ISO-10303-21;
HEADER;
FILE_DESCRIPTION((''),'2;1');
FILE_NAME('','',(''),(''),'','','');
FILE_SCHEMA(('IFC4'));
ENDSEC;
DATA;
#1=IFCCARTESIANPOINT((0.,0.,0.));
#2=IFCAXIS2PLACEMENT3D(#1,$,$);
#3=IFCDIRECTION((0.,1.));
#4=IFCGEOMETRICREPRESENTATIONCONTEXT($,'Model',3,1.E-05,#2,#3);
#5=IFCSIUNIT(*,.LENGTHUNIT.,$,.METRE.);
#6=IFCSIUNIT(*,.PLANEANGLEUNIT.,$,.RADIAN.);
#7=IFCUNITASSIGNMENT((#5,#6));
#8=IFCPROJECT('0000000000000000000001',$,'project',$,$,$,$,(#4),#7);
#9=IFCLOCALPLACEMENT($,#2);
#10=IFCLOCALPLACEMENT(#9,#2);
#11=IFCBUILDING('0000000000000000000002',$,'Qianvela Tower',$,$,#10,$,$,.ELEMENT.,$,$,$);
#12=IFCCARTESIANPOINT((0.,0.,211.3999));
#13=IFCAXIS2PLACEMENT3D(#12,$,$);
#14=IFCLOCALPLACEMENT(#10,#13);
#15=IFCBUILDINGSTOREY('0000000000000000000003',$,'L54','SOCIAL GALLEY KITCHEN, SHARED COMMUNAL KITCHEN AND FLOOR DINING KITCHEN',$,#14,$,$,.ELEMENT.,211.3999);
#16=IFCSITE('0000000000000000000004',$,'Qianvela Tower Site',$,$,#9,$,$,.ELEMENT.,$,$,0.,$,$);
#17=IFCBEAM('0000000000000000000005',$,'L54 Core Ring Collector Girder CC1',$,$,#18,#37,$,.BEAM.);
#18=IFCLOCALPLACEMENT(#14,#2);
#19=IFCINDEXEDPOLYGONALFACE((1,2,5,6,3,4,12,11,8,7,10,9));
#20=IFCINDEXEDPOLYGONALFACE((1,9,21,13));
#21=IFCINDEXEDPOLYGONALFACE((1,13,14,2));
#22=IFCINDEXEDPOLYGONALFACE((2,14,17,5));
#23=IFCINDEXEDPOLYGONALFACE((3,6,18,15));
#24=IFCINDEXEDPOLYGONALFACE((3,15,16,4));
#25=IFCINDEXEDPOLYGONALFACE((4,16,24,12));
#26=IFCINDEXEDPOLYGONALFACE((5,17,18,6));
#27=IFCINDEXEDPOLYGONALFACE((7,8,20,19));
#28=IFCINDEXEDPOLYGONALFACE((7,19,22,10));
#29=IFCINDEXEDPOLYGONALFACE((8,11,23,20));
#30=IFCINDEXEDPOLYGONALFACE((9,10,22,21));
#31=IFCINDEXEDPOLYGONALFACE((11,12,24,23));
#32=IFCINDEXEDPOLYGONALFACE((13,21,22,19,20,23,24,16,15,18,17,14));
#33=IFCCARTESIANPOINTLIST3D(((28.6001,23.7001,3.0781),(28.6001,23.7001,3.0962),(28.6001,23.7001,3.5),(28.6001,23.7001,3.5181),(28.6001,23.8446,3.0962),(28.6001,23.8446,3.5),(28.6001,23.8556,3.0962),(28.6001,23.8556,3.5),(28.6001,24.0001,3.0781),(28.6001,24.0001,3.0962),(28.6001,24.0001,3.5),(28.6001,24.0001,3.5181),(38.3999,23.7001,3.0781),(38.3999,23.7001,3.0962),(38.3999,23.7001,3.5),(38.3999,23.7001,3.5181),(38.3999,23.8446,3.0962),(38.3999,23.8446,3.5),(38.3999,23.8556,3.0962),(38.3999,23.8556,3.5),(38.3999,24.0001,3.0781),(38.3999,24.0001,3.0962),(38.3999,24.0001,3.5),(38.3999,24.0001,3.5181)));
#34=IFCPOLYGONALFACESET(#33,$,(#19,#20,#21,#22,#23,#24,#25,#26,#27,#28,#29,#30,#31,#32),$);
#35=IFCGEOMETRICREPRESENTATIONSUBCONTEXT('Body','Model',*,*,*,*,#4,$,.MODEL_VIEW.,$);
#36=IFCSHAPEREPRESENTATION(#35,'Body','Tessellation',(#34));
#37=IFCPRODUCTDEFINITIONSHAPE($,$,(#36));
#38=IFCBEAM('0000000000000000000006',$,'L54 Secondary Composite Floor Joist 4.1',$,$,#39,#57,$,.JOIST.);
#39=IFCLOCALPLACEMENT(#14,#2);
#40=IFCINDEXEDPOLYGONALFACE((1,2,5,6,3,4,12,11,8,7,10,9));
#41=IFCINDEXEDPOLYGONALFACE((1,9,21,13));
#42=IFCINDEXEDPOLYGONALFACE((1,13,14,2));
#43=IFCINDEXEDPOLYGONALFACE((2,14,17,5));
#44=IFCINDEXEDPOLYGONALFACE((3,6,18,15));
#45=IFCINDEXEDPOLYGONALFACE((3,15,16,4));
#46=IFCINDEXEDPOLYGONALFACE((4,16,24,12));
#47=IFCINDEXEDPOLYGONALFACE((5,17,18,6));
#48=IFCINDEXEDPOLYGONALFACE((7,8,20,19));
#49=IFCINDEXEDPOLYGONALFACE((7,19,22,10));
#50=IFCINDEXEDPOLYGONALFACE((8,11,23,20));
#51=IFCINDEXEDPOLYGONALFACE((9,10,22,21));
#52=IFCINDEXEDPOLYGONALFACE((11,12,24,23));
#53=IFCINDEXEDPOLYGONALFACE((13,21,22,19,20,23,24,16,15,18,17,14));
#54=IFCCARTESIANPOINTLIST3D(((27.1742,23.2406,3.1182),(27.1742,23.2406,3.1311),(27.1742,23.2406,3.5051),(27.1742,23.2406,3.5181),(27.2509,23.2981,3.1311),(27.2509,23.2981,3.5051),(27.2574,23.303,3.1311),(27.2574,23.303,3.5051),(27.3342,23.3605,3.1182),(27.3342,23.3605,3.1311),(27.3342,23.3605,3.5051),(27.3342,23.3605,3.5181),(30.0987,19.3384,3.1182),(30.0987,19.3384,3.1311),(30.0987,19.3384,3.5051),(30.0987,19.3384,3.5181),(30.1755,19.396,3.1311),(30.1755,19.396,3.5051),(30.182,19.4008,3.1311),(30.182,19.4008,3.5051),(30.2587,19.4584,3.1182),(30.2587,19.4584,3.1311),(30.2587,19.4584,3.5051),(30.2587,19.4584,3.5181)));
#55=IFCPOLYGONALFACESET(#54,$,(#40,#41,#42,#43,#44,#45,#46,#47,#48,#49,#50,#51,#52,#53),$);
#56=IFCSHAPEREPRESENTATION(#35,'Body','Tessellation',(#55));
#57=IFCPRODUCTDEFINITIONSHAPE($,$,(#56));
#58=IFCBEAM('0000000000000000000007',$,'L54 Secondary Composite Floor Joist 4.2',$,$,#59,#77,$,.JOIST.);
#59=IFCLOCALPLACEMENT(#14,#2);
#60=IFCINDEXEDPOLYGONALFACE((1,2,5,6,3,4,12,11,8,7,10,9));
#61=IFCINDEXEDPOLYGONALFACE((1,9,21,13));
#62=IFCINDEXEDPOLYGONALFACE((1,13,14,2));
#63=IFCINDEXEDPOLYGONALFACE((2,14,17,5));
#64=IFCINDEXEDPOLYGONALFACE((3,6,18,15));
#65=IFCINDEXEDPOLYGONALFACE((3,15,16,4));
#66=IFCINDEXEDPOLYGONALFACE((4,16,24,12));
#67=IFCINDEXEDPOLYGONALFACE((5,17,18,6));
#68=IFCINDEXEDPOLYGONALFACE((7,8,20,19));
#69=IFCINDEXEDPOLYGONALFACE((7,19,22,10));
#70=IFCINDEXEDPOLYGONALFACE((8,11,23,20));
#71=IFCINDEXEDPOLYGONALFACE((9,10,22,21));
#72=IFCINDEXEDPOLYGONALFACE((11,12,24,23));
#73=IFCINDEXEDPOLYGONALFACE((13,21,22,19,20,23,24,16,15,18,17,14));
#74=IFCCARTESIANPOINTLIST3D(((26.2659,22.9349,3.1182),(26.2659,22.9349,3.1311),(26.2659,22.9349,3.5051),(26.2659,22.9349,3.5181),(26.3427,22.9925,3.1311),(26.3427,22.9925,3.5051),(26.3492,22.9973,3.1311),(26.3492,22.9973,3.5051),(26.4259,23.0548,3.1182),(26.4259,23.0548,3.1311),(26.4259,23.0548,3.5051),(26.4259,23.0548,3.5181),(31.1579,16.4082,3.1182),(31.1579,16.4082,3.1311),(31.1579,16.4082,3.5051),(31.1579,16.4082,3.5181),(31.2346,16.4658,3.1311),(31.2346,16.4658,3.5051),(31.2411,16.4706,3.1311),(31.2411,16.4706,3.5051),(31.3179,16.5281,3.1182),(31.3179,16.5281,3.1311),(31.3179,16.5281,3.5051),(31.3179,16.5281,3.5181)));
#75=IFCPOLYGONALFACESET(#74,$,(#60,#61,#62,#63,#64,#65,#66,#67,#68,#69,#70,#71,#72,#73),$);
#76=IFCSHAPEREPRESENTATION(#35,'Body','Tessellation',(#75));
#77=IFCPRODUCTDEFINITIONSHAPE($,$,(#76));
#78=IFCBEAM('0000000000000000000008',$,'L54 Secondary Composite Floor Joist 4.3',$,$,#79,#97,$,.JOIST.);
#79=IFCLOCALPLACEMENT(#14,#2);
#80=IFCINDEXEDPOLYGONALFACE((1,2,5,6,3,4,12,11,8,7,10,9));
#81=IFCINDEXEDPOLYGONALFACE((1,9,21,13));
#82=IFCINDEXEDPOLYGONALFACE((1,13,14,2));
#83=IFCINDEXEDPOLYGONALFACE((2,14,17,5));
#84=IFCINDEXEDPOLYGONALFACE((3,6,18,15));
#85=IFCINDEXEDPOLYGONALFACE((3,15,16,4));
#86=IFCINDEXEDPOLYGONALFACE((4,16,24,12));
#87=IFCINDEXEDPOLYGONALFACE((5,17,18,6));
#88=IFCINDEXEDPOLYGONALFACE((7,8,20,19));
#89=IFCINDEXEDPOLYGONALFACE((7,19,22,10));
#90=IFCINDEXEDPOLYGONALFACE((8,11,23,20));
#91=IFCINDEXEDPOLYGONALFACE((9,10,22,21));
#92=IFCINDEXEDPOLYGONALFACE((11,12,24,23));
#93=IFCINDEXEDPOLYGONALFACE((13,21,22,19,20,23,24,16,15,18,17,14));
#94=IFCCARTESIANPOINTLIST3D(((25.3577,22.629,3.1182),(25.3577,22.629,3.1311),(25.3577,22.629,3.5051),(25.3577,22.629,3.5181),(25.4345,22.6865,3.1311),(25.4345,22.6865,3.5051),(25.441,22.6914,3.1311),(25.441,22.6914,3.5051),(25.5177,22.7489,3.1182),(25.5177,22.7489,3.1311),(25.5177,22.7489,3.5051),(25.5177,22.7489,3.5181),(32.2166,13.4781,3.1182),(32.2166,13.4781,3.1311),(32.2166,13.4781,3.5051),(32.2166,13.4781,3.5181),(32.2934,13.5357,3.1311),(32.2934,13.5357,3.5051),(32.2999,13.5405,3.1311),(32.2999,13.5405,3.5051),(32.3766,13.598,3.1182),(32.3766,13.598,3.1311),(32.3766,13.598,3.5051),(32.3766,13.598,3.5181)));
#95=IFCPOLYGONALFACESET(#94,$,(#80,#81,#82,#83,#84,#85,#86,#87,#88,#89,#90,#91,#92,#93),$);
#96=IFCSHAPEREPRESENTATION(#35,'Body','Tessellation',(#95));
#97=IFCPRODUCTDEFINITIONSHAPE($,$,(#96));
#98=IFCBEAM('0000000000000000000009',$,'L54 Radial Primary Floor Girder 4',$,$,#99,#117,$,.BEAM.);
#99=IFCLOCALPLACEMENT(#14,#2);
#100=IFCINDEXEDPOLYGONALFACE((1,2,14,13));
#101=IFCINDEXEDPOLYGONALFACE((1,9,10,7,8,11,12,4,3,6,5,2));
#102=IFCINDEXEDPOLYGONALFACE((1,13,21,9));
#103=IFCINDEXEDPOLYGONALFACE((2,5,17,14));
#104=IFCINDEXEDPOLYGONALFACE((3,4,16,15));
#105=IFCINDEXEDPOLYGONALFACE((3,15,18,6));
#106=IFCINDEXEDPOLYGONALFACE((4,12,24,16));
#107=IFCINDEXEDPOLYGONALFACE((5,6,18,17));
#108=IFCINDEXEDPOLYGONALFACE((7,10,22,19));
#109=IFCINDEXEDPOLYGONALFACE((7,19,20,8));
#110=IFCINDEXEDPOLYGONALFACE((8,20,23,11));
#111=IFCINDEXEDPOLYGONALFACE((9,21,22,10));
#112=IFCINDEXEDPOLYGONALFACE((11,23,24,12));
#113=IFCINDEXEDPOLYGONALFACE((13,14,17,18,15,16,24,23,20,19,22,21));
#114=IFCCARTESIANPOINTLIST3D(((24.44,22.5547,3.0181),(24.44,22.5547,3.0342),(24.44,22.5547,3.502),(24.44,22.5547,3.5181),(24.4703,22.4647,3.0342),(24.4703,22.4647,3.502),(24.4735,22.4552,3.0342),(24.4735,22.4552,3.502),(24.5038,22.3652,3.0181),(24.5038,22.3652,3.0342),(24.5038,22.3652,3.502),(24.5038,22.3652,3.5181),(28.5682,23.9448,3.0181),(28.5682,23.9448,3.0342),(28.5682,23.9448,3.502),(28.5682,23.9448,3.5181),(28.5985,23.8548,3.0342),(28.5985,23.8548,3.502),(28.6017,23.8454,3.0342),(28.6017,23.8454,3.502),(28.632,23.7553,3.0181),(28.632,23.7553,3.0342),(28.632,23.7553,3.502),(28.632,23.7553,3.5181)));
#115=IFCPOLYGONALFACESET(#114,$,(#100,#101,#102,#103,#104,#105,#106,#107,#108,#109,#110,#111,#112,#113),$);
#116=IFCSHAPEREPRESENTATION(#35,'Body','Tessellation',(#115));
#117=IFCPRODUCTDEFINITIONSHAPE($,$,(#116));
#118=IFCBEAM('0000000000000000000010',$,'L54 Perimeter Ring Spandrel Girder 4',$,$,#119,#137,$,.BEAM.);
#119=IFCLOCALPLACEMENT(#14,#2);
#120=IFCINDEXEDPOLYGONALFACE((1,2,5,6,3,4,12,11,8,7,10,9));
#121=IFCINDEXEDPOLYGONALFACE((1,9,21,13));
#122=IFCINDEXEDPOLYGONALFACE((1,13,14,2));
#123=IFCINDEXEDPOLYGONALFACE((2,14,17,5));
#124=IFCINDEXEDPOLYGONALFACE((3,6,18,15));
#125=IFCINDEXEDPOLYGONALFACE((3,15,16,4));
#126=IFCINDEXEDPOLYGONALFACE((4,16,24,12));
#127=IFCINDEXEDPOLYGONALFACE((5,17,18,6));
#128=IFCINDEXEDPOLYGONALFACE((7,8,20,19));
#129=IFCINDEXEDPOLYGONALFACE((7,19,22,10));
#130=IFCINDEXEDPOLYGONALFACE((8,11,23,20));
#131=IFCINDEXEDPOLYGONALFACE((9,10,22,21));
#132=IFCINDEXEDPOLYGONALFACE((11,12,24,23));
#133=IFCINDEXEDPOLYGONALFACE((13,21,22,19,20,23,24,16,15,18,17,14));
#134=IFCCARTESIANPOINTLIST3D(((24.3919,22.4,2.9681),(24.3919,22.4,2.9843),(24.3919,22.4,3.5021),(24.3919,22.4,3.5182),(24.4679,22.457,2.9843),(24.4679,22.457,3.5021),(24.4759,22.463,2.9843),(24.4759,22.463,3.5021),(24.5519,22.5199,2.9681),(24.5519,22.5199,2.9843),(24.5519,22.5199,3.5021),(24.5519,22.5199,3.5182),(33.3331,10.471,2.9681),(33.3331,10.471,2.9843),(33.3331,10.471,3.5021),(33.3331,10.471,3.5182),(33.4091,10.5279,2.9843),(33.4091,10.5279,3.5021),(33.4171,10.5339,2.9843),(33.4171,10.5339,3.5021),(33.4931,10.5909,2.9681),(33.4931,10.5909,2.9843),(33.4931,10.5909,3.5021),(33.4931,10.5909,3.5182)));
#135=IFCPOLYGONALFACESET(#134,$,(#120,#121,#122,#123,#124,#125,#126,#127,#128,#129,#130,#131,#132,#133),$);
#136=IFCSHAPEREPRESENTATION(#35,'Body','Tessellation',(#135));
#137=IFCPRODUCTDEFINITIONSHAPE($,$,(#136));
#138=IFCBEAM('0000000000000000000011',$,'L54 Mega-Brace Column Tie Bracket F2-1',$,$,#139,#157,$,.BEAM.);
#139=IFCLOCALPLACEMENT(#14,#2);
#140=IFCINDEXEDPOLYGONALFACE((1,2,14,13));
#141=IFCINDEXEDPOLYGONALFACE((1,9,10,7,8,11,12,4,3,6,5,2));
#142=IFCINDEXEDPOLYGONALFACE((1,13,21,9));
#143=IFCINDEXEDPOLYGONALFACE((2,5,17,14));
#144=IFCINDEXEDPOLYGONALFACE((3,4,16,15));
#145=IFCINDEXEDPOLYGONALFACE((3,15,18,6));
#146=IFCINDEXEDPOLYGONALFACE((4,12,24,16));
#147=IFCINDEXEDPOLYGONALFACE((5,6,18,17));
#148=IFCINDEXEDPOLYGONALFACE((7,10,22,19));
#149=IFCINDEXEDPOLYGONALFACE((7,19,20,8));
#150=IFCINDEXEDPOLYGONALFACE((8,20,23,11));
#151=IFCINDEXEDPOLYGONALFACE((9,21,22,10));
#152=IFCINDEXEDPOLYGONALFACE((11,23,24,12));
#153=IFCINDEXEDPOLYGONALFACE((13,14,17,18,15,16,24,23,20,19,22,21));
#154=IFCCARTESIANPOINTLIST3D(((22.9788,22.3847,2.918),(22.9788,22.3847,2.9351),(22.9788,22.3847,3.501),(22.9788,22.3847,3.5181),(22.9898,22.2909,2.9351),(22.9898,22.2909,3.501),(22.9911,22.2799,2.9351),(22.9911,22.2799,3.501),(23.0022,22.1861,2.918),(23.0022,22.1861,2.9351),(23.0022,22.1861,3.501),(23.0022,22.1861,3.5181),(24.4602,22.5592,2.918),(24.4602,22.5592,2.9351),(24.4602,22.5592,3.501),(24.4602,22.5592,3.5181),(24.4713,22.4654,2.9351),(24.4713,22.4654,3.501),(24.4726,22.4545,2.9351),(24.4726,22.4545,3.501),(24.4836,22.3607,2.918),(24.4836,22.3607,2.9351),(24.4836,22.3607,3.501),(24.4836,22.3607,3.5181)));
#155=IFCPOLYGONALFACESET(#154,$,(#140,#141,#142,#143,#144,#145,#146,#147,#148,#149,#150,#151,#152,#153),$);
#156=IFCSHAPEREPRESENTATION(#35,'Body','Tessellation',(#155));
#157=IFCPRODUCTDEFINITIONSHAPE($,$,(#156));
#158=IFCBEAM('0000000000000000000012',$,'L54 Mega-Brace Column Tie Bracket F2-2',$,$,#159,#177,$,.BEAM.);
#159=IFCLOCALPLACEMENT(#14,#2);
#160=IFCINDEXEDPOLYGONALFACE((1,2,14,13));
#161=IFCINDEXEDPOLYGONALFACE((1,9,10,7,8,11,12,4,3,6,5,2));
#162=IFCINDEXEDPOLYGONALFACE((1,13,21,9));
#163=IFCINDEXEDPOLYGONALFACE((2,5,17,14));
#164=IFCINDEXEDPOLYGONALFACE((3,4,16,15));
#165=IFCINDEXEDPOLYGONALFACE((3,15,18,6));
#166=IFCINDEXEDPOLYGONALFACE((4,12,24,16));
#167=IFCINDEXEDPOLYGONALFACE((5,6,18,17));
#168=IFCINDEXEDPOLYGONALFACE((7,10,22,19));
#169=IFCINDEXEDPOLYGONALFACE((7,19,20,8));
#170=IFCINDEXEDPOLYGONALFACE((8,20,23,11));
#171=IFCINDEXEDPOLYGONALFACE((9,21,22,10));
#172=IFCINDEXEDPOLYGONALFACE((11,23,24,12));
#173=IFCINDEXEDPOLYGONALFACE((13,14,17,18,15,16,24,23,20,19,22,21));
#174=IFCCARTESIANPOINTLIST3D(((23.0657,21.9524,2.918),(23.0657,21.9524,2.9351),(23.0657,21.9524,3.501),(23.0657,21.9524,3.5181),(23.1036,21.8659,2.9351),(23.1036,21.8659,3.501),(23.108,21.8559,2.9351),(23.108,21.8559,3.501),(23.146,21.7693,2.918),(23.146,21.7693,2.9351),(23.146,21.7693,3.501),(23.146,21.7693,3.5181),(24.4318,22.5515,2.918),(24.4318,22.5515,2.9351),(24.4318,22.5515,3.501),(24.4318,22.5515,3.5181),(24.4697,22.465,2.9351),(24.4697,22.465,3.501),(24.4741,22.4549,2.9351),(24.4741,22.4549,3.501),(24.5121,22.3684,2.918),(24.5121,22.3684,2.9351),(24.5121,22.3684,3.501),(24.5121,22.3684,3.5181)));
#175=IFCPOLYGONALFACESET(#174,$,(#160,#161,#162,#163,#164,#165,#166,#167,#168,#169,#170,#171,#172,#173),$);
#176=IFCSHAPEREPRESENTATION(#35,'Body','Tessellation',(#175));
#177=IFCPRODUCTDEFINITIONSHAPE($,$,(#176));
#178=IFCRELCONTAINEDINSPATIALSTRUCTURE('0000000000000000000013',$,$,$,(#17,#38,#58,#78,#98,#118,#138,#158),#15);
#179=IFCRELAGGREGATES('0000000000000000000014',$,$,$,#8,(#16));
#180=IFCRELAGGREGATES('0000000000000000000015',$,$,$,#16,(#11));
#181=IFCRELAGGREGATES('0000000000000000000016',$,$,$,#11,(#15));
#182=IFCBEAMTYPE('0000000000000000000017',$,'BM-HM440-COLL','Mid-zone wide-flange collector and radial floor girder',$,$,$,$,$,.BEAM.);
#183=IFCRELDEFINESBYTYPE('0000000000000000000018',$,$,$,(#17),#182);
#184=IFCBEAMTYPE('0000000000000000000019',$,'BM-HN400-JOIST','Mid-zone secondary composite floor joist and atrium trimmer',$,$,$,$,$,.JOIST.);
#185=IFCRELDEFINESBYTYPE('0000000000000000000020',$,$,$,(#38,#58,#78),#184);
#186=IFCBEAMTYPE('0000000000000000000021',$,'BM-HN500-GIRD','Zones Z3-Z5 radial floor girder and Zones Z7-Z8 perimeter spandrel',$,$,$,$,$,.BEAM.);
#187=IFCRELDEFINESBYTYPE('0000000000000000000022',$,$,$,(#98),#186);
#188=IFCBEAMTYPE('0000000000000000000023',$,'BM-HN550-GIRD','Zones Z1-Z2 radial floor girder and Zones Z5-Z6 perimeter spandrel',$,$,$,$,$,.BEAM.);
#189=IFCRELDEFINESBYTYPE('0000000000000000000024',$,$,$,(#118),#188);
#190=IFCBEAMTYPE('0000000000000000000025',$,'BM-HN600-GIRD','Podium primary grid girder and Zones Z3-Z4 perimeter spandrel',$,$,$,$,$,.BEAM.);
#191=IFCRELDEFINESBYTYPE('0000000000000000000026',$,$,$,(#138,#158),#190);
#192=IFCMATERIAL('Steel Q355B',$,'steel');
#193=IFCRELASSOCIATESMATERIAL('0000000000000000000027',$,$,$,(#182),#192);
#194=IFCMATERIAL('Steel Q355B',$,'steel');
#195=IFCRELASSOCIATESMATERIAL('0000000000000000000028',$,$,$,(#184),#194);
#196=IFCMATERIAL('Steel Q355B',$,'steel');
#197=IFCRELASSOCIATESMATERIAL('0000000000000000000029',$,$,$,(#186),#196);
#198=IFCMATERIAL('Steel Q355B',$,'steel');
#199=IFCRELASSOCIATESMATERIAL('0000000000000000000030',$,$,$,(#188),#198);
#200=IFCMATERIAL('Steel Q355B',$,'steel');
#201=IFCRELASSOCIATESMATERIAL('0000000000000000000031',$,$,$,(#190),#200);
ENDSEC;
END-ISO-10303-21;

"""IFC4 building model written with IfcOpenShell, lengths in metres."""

from ifc_helpers import new_model, si_unit, direction, frame, origin, origin_2d, place, context, subcontext, project, spatial, i_section, extrude, material, material_profile, profile_set, type_object, element, save


model = new_model("IFC4")

# Units and contexts
model_context = context("Model", 3, precision=1e-05, world=origin(), true_north=direction((0.0, 1.0)))
body_context = subcontext(model_context, "Body", "Model", "MODEL_VIEW")
ifc_project = project(units=[si_unit("LENGTHUNIT", "METRE"), si_unit("PLANEANGLEUNIT", "RADIAN")], contexts=[model_context])

# Site, building, storey
site_placement = place(None, origin())
site = spatial("IfcSite", under=ifc_project, at=site_placement, Name="Qianvela Tower Site", CompositionType="ELEMENT", RefElevation=0.0)
building_placement = place(site_placement, origin())
building = spatial("IfcBuilding", under=site, at=building_placement, Name="Qianvela Tower", CompositionType="ELEMENT")
storey_placement = place(building_placement, frame((0.0, 0.0, 211.3999)))
storey = spatial("IfcBuildingStorey", under=building, at=storey_placement, Name="L54", Description="SOCIAL GALLEY KITCHEN, SHARED COMMUNAL KITCHEN AND FLOOR DINING KITCHEN", CompositionType="ELEMENT", Elevation=211.3999)

# Beams
ifc_material_1 = material(Name="Steel Q355B", Category="steel")
ifc_material_profile_1 = material_profile(ifc_material_1, i_section(OverallWidth=0.3, OverallDepth=0.4399, WebThickness=0.011, FlangeThickness=0.0181, at=origin_2d()), Name="HM440x300x11x18")
ifc_profile_set_1 = profile_set([ifc_material_profile_1], Name="Steel Q355B")
beam_type_1 = type_object("IfcBeamType", Name="BM-HM440-COLL", Description="Mid-zone wide-flange collector and radial floor girder", PredefinedType="BEAM", material=ifc_profile_set_1)
beam_1_placement = place(storey_placement, frame((28.6001, 23.8501, 3.2981), z_axis=(1.0, 0.0, 0.0), x_axis=(0.0, 1.0, 0.0)))
element("IfcBeam", 1, at=beam_1_placement, inside=storey, type_object=beam_type_1, Name="L54 Core Ring Collector Girder CC1", PredefinedType="BEAM", context=body_context, shape_type="SweptSolid", body=[
    extrude(i_section(OverallWidth=0.3, OverallDepth=0.4399, WebThickness=0.011, FlangeThickness=0.0181, at=origin_2d()), origin(), (0.0, 0.0, 1.0), 9.7998),
])
ifc_material_2 = material(Name="Steel Q355B", Category="steel")
ifc_material_profile_2 = material_profile(ifc_material_2, i_section(OverallWidth=0.2, OverallDepth=0.3999, WebThickness=0.0081, FlangeThickness=0.0129, at=origin_2d()), Name="HN400x200x8x13")
ifc_profile_set_2 = profile_set([ifc_material_profile_2], Name="Steel Q355B")
beam_type_2 = type_object("IfcBeamType", Name="BM-HN400-JOIST", Description="Mid-zone secondary composite floor joist and atrium trimmer", PredefinedType="JOIST", material=ifc_profile_set_2)
beam_2_placement = place(storey_placement, frame((27.2542, 23.3005, 3.3181), z_axis=(0.599736, -0.800198, 0.0), x_axis=(0.800198, 0.599736, 0.0)))
element("IfcBeam", 2, at=beam_2_placement, inside=storey, type_object=beam_type_2, Name="L54 Secondary Composite Floor Joist 4.1", PredefinedType="JOIST", context=body_context, shape_type="SweptSolid", body=[
    extrude(i_section(OverallWidth=0.2, OverallDepth=0.3999, WebThickness=0.0081, FlangeThickness=0.0129, at=origin_2d()), origin(), (0.0, 0.0, 1.0), 4.8765),
])
beam_3_placement = place(storey_placement, frame((26.3459, 22.9949, 3.3181), z_axis=(0.599756, -0.800183, 0.0), x_axis=(0.800183, 0.599756, 0.0)))
element("IfcBeam", 3, at=beam_3_placement, inside=storey, type_object=beam_type_2, Name="L54 Secondary Composite Floor Joist 4.2", PredefinedType="JOIST", context=body_context, shape_type="SweptSolid", body=[
    extrude(i_section(OverallWidth=0.2, OverallDepth=0.3999, WebThickness=0.0081, FlangeThickness=0.0129, at=origin_2d()), origin(), (0.0, 0.0, 1.0), 8.1565),
])
beam_4_placement = place(storey_placement, frame((25.4377, 22.689, 3.3181), z_axis=(0.599761, -0.800179, 0.0), x_axis=(0.800179, 0.599761, 0.0)))
element("IfcBeam", 4, at=beam_4_placement, inside=storey, type_object=beam_type_2, Name="L54 Secondary Composite Floor Joist 4.3", PredefinedType="JOIST", context=body_context, shape_type="SweptSolid", body=[
    extrude(i_section(OverallWidth=0.2, OverallDepth=0.3999, WebThickness=0.0081, FlangeThickness=0.0129, at=origin_2d()), origin(), (0.0, 0.0, 1.0), 11.436),
])
ifc_material_3 = material(Name="Steel Q355B", Category="steel")
ifc_material_profile_3 = material_profile(ifc_material_3, i_section(OverallWidth=0.2, OverallDepth=0.5, WebThickness=0.01, FlangeThickness=0.0161, at=origin_2d()), Name="HN500x200x10x16")
ifc_profile_set_3 = profile_set([ifc_material_profile_3], Name="Steel Q355B")
beam_type_3 = type_object("IfcBeamType", Name="BM-HN500-GIRD", Description="Zones Z3-Z5 radial floor girder and Zones Z7-Z8 perimeter spandrel", PredefinedType="BEAM", material=ifc_profile_set_3)
beam_5_placement = place(storey_placement, frame((28.6001, 23.8501, 3.2681), z_axis=(-0.947709, -0.319135, 0.0), x_axis=(0.319135, -0.947709, 0.0)))
element("IfcBeam", 5, at=beam_5_placement, inside=storey, type_object=beam_type_3, Name="L54 Radial Primary Floor Girder 4", PredefinedType="BEAM", context=body_context, shape_type="SweptSolid", body=[
    extrude(i_section(OverallWidth=0.2, OverallDepth=0.5, WebThickness=0.01, FlangeThickness=0.0161, at=origin_2d()), origin(), (0.0, 0.0, 1.0), 4.356),
])
ifc_material_4 = material(Name="Steel Q355B", Category="steel")
ifc_material_profile_4 = material_profile(ifc_material_4, i_section(OverallWidth=0.2, OverallDepth=0.55, WebThickness=0.01, FlangeThickness=0.0161, at=origin_2d()), Name="HN550x200x10x16")
ifc_profile_set_4 = profile_set([ifc_material_profile_4], Name="Steel Q355B")
beam_type_4 = type_object("IfcBeamType", Name="BM-HN550-GIRD", Description="Zones Z1-Z2 radial floor girder and Zones Z5-Z6 perimeter spandrel", PredefinedType="BEAM", material=ifc_profile_set_4)
beam_6_placement = place(storey_placement, frame((24.4719, 22.46, 3.2432), z_axis=(0.599762, -0.800179, 0.0), x_axis=(0.800179, 0.599762, 0.0)))
element("IfcBeam", 6, at=beam_6_placement, inside=storey, type_object=beam_type_4, Name="L54 Perimeter Ring Spandrel Girder 4", PredefinedType="BEAM", context=body_context, shape_type="SweptSolid", body=[
    extrude(i_section(OverallWidth=0.2, OverallDepth=0.55, WebThickness=0.01, FlangeThickness=0.0161, at=origin_2d()), origin(), (0.0, 0.0, 1.0), 14.908),
])
ifc_material_5 = material(Name="Steel Q355B", Category="steel")
ifc_material_profile_5 = material_profile(ifc_material_5, i_section(OverallWidth=0.2, OverallDepth=0.6001, WebThickness=0.011, FlangeThickness=0.0171, at=origin_2d()), Name="HN600x200x11x17")
ifc_profile_set_5 = profile_set([ifc_material_profile_5], Name="Steel Q355B")
beam_type_5 = type_object("IfcBeamType", Name="BM-HN600-GIRD", Description="Podium primary grid girder and Zones Z3-Z4 perimeter spandrel", PredefinedType="BEAM", material=ifc_profile_set_5)
for number, where, z_axis, x_axis, name in (
    (7, (24.4719, 22.46, 3.218), (-0.993129, -0.117022, 0.0), (0.117022, -0.993129, 0.0), "L54 Mega-Brace Column Tie Bracket F2-1"),
    (8, (24.4719, 22.46, 3.218), (-0.915811, -0.401609, 0.0), (0.401609, -0.915811, 0.0), "L54 Mega-Brace Column Tie Bracket F2-2"),
):
    element("IfcBeam", number, at=place(storey_placement, frame(where, z_axis=z_axis, x_axis=x_axis)), inside=storey, type_object=beam_type_5, Name=name, PredefinedType="BEAM", context=body_context, shape_type="SweptSolid", body=[
        extrude(i_section(OverallWidth=0.2, OverallDepth=0.6001, WebThickness=0.011, FlangeThickness=0.0171, at=origin_2d()), origin(), (0.0, 0.0, 1.0), 1.4917),
    ])

save(model, "model.ifc")
